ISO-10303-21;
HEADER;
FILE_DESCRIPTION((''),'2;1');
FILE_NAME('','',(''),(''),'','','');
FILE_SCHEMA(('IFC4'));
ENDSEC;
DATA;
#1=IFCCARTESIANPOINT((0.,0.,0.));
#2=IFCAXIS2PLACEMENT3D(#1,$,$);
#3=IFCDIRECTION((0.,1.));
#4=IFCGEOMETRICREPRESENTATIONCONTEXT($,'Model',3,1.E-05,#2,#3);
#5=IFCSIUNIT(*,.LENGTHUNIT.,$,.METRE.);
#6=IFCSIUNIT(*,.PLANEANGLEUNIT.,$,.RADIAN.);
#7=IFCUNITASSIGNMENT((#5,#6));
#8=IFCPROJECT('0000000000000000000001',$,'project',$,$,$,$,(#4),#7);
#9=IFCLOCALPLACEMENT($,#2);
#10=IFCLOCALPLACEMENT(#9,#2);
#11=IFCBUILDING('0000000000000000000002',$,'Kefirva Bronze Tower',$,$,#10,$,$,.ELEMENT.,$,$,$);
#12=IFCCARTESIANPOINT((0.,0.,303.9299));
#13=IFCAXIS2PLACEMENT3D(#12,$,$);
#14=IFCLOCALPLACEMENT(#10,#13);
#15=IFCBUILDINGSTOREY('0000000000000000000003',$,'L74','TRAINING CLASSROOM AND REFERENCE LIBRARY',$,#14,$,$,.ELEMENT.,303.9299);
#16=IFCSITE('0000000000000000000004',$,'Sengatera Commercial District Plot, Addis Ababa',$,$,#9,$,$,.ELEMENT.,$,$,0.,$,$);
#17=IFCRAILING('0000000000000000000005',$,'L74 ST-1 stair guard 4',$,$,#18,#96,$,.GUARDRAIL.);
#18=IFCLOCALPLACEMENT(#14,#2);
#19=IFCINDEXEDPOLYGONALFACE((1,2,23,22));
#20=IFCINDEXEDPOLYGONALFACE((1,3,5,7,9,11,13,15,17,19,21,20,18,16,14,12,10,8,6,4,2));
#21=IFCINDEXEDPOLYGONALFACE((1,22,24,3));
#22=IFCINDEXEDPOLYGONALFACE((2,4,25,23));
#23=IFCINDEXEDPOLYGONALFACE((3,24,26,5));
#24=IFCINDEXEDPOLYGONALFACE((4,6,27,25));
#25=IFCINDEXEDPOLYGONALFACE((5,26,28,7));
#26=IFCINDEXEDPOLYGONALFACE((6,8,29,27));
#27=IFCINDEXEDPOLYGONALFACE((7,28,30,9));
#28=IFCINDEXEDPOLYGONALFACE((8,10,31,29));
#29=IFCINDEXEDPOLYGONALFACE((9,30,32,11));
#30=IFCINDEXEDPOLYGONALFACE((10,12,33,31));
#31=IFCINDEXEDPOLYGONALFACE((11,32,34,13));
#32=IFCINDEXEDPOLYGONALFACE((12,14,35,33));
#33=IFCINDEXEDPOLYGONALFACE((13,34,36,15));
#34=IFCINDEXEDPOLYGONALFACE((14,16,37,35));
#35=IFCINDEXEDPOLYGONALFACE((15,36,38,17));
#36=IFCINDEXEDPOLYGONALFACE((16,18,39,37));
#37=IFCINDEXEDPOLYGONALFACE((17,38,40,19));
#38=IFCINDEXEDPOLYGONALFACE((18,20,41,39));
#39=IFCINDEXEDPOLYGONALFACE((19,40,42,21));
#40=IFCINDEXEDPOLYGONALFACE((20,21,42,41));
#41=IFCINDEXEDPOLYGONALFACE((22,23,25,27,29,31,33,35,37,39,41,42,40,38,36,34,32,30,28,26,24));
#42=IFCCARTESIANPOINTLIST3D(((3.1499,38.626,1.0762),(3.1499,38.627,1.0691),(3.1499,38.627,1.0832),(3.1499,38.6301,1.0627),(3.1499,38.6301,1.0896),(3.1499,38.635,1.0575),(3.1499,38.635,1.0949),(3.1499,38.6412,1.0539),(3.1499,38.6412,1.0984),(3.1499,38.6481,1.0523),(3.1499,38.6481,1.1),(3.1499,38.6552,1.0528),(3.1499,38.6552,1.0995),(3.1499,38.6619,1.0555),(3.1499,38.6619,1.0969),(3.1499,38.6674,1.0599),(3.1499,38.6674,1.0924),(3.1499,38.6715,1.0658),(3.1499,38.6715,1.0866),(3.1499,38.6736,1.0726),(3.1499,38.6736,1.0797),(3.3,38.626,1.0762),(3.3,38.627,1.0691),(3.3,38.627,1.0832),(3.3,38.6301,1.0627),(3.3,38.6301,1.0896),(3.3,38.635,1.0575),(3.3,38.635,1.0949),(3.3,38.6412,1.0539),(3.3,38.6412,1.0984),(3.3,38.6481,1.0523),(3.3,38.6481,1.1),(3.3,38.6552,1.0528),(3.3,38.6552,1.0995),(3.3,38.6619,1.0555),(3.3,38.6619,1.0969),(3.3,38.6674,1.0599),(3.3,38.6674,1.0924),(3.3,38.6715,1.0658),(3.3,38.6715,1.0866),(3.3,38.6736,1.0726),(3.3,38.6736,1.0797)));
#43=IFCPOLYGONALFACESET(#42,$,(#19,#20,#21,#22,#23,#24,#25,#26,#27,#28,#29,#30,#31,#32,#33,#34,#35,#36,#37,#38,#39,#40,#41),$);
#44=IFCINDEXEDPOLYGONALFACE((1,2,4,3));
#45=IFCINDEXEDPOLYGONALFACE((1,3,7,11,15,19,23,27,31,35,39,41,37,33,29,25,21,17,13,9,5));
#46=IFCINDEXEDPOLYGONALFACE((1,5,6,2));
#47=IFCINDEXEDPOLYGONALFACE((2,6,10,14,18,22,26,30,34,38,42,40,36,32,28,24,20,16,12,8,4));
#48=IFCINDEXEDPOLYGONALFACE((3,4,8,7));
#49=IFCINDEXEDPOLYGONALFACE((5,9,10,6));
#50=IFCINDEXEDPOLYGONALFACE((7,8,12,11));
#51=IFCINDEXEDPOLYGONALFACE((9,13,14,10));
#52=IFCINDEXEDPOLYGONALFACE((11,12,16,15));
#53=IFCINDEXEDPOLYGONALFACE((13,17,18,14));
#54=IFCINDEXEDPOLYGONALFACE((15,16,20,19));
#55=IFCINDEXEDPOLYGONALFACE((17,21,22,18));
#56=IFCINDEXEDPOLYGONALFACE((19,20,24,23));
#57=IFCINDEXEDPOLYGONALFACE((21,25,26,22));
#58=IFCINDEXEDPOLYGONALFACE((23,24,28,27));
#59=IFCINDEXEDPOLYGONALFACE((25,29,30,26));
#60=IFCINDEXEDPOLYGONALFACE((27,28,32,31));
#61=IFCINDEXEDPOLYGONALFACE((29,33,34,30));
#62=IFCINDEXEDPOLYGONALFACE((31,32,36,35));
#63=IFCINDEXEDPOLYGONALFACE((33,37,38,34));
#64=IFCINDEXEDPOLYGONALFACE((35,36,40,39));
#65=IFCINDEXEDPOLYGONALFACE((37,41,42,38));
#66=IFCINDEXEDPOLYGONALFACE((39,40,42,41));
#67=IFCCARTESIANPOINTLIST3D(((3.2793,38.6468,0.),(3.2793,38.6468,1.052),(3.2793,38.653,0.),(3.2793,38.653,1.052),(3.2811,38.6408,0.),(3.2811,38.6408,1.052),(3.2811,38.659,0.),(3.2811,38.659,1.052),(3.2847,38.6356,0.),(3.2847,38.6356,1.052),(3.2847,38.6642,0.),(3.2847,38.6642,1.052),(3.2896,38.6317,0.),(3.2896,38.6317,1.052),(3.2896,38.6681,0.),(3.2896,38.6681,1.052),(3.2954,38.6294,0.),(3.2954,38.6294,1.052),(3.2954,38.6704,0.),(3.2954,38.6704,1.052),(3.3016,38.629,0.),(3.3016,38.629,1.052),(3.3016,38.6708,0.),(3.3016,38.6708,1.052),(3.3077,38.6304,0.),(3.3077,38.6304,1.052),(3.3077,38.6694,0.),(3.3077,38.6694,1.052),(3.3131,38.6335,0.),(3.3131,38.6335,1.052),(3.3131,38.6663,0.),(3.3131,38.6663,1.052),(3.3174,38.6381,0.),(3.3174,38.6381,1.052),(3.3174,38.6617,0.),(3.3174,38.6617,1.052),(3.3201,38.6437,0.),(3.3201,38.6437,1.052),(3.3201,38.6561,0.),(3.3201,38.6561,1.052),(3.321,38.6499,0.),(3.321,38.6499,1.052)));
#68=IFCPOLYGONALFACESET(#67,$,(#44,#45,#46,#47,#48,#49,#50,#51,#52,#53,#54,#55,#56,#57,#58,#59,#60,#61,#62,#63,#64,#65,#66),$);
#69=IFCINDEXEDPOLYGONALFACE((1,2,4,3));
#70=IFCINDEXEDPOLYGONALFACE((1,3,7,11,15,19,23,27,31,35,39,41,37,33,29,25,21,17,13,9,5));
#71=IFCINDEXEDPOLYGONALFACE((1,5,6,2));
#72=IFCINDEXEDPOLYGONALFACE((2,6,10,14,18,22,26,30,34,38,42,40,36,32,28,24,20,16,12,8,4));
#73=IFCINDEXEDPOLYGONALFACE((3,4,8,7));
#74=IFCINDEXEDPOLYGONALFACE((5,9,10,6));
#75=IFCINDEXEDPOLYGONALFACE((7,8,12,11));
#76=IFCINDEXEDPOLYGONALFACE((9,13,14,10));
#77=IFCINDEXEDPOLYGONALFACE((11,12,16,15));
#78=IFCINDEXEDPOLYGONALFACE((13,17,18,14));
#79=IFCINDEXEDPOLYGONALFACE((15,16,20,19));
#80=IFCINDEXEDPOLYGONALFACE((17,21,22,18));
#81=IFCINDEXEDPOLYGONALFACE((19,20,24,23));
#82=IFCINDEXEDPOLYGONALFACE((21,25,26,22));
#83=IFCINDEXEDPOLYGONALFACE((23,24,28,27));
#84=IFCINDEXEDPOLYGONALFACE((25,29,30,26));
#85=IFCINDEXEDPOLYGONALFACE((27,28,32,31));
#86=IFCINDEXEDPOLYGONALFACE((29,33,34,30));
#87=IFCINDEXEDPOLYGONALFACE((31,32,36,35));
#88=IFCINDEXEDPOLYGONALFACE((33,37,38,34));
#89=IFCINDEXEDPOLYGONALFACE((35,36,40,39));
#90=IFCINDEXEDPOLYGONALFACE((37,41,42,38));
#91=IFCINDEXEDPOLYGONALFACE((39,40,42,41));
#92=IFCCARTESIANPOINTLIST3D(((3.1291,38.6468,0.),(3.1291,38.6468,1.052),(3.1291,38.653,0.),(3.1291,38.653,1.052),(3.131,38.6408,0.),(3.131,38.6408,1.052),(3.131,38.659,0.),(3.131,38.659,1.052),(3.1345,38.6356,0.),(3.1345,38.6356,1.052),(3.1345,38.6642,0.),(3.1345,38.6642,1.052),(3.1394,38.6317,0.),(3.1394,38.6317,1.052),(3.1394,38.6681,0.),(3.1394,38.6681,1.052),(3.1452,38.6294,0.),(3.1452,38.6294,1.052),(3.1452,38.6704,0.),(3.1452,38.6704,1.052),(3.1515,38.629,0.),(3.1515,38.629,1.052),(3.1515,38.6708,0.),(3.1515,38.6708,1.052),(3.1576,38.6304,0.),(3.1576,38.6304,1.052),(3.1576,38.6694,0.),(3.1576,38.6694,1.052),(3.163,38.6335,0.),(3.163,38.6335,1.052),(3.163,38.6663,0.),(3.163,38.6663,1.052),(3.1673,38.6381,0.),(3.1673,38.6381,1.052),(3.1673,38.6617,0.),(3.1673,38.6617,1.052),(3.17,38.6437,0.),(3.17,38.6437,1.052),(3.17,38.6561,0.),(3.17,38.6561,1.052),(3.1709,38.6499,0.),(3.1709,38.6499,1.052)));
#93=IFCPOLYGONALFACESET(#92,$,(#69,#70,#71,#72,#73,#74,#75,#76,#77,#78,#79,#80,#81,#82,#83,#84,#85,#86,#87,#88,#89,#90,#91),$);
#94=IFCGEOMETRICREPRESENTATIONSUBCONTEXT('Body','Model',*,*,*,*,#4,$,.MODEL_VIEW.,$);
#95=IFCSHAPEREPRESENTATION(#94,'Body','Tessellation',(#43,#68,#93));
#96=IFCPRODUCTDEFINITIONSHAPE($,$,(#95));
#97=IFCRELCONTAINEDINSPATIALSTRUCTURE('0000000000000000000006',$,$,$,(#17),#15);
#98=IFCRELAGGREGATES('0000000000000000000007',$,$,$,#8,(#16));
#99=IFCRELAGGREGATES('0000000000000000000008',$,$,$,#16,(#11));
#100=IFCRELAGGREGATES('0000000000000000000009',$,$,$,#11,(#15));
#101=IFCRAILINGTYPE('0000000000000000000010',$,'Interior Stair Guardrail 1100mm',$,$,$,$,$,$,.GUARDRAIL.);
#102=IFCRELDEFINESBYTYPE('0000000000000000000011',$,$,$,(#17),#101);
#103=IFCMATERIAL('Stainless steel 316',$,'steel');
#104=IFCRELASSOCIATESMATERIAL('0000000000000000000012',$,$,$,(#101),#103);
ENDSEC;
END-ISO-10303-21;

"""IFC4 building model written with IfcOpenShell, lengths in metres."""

from ifc_helpers import new_model, si_unit, direction, frame, origin, origin_2d, place, context, subcontext, project, spatial, circle, extrude, material, type_object, element, save


model = new_model("IFC4")

# Units and contexts
model_context = context("Model", 3, precision=1e-05, world=origin(), true_north=direction((0.0, 1.0)))
body_context = subcontext(model_context, "Body", "Model", "MODEL_VIEW")
ifc_project = project(units=[si_unit("LENGTHUNIT", "METRE"), si_unit("PLANEANGLEUNIT", "RADIAN")], contexts=[model_context])

# Site, building, storey
site_placement = place(None, origin())
site = spatial("IfcSite", under=ifc_project, at=site_placement, Name="Sengatera Commercial District Plot, Addis Ababa", CompositionType="ELEMENT", RefElevation=0.0)
building_placement = place(site_placement, origin())
building = spatial("IfcBuilding", under=site, at=building_placement, Name="Kefirva Bronze Tower", CompositionType="ELEMENT")
storey_placement = place(building_placement, frame((0.0, 0.0, 303.9299)))
storey = spatial("IfcBuildingStorey", under=building, at=storey_placement, Name="L74", Description="TRAINING CLASSROOM AND REFERENCE LIBRARY", CompositionType="ELEMENT", Elevation=303.9299)

# Railing
ifc_material_1 = material(Name="Stainless steel 316", Category="steel")
railing_type_1 = type_object("IfcRailingType", Name="Interior Stair Guardrail 1100mm", PredefinedType="GUARDRAIL", material=ifc_material_1)
railing_1_placement = place(storey_placement, frame((3.3, 38.6499, 0.0)))
element("IfcRailing", 1, at=railing_1_placement, inside=storey, type_object=railing_type_1, Name="L74 ST-1 stair guard 4", PredefinedType="GUARDRAIL", context=body_context, shape_type="SweptSolid", body=[
    extrude(circle(Radius=0.0239, at=origin_2d()), frame((0.0, 0.0, 1.0762), z_axis=(-1.0, 0.0, 0.0), x_axis=(0.0, -1.0, 0.0)), (0.0, 0.0, 1.0), 0.1501),
    extrude(circle(Radius=0.021, at=origin_2d()), origin(), (0.0, 0.0, 1.0), 1.052),
    extrude(circle(Radius=0.021, at=origin_2d()), frame((-0.1501, 0.0, 0.0)), (0.0, 0.0, 1.0), 1.052),
])

save(model, "model.ifc")
